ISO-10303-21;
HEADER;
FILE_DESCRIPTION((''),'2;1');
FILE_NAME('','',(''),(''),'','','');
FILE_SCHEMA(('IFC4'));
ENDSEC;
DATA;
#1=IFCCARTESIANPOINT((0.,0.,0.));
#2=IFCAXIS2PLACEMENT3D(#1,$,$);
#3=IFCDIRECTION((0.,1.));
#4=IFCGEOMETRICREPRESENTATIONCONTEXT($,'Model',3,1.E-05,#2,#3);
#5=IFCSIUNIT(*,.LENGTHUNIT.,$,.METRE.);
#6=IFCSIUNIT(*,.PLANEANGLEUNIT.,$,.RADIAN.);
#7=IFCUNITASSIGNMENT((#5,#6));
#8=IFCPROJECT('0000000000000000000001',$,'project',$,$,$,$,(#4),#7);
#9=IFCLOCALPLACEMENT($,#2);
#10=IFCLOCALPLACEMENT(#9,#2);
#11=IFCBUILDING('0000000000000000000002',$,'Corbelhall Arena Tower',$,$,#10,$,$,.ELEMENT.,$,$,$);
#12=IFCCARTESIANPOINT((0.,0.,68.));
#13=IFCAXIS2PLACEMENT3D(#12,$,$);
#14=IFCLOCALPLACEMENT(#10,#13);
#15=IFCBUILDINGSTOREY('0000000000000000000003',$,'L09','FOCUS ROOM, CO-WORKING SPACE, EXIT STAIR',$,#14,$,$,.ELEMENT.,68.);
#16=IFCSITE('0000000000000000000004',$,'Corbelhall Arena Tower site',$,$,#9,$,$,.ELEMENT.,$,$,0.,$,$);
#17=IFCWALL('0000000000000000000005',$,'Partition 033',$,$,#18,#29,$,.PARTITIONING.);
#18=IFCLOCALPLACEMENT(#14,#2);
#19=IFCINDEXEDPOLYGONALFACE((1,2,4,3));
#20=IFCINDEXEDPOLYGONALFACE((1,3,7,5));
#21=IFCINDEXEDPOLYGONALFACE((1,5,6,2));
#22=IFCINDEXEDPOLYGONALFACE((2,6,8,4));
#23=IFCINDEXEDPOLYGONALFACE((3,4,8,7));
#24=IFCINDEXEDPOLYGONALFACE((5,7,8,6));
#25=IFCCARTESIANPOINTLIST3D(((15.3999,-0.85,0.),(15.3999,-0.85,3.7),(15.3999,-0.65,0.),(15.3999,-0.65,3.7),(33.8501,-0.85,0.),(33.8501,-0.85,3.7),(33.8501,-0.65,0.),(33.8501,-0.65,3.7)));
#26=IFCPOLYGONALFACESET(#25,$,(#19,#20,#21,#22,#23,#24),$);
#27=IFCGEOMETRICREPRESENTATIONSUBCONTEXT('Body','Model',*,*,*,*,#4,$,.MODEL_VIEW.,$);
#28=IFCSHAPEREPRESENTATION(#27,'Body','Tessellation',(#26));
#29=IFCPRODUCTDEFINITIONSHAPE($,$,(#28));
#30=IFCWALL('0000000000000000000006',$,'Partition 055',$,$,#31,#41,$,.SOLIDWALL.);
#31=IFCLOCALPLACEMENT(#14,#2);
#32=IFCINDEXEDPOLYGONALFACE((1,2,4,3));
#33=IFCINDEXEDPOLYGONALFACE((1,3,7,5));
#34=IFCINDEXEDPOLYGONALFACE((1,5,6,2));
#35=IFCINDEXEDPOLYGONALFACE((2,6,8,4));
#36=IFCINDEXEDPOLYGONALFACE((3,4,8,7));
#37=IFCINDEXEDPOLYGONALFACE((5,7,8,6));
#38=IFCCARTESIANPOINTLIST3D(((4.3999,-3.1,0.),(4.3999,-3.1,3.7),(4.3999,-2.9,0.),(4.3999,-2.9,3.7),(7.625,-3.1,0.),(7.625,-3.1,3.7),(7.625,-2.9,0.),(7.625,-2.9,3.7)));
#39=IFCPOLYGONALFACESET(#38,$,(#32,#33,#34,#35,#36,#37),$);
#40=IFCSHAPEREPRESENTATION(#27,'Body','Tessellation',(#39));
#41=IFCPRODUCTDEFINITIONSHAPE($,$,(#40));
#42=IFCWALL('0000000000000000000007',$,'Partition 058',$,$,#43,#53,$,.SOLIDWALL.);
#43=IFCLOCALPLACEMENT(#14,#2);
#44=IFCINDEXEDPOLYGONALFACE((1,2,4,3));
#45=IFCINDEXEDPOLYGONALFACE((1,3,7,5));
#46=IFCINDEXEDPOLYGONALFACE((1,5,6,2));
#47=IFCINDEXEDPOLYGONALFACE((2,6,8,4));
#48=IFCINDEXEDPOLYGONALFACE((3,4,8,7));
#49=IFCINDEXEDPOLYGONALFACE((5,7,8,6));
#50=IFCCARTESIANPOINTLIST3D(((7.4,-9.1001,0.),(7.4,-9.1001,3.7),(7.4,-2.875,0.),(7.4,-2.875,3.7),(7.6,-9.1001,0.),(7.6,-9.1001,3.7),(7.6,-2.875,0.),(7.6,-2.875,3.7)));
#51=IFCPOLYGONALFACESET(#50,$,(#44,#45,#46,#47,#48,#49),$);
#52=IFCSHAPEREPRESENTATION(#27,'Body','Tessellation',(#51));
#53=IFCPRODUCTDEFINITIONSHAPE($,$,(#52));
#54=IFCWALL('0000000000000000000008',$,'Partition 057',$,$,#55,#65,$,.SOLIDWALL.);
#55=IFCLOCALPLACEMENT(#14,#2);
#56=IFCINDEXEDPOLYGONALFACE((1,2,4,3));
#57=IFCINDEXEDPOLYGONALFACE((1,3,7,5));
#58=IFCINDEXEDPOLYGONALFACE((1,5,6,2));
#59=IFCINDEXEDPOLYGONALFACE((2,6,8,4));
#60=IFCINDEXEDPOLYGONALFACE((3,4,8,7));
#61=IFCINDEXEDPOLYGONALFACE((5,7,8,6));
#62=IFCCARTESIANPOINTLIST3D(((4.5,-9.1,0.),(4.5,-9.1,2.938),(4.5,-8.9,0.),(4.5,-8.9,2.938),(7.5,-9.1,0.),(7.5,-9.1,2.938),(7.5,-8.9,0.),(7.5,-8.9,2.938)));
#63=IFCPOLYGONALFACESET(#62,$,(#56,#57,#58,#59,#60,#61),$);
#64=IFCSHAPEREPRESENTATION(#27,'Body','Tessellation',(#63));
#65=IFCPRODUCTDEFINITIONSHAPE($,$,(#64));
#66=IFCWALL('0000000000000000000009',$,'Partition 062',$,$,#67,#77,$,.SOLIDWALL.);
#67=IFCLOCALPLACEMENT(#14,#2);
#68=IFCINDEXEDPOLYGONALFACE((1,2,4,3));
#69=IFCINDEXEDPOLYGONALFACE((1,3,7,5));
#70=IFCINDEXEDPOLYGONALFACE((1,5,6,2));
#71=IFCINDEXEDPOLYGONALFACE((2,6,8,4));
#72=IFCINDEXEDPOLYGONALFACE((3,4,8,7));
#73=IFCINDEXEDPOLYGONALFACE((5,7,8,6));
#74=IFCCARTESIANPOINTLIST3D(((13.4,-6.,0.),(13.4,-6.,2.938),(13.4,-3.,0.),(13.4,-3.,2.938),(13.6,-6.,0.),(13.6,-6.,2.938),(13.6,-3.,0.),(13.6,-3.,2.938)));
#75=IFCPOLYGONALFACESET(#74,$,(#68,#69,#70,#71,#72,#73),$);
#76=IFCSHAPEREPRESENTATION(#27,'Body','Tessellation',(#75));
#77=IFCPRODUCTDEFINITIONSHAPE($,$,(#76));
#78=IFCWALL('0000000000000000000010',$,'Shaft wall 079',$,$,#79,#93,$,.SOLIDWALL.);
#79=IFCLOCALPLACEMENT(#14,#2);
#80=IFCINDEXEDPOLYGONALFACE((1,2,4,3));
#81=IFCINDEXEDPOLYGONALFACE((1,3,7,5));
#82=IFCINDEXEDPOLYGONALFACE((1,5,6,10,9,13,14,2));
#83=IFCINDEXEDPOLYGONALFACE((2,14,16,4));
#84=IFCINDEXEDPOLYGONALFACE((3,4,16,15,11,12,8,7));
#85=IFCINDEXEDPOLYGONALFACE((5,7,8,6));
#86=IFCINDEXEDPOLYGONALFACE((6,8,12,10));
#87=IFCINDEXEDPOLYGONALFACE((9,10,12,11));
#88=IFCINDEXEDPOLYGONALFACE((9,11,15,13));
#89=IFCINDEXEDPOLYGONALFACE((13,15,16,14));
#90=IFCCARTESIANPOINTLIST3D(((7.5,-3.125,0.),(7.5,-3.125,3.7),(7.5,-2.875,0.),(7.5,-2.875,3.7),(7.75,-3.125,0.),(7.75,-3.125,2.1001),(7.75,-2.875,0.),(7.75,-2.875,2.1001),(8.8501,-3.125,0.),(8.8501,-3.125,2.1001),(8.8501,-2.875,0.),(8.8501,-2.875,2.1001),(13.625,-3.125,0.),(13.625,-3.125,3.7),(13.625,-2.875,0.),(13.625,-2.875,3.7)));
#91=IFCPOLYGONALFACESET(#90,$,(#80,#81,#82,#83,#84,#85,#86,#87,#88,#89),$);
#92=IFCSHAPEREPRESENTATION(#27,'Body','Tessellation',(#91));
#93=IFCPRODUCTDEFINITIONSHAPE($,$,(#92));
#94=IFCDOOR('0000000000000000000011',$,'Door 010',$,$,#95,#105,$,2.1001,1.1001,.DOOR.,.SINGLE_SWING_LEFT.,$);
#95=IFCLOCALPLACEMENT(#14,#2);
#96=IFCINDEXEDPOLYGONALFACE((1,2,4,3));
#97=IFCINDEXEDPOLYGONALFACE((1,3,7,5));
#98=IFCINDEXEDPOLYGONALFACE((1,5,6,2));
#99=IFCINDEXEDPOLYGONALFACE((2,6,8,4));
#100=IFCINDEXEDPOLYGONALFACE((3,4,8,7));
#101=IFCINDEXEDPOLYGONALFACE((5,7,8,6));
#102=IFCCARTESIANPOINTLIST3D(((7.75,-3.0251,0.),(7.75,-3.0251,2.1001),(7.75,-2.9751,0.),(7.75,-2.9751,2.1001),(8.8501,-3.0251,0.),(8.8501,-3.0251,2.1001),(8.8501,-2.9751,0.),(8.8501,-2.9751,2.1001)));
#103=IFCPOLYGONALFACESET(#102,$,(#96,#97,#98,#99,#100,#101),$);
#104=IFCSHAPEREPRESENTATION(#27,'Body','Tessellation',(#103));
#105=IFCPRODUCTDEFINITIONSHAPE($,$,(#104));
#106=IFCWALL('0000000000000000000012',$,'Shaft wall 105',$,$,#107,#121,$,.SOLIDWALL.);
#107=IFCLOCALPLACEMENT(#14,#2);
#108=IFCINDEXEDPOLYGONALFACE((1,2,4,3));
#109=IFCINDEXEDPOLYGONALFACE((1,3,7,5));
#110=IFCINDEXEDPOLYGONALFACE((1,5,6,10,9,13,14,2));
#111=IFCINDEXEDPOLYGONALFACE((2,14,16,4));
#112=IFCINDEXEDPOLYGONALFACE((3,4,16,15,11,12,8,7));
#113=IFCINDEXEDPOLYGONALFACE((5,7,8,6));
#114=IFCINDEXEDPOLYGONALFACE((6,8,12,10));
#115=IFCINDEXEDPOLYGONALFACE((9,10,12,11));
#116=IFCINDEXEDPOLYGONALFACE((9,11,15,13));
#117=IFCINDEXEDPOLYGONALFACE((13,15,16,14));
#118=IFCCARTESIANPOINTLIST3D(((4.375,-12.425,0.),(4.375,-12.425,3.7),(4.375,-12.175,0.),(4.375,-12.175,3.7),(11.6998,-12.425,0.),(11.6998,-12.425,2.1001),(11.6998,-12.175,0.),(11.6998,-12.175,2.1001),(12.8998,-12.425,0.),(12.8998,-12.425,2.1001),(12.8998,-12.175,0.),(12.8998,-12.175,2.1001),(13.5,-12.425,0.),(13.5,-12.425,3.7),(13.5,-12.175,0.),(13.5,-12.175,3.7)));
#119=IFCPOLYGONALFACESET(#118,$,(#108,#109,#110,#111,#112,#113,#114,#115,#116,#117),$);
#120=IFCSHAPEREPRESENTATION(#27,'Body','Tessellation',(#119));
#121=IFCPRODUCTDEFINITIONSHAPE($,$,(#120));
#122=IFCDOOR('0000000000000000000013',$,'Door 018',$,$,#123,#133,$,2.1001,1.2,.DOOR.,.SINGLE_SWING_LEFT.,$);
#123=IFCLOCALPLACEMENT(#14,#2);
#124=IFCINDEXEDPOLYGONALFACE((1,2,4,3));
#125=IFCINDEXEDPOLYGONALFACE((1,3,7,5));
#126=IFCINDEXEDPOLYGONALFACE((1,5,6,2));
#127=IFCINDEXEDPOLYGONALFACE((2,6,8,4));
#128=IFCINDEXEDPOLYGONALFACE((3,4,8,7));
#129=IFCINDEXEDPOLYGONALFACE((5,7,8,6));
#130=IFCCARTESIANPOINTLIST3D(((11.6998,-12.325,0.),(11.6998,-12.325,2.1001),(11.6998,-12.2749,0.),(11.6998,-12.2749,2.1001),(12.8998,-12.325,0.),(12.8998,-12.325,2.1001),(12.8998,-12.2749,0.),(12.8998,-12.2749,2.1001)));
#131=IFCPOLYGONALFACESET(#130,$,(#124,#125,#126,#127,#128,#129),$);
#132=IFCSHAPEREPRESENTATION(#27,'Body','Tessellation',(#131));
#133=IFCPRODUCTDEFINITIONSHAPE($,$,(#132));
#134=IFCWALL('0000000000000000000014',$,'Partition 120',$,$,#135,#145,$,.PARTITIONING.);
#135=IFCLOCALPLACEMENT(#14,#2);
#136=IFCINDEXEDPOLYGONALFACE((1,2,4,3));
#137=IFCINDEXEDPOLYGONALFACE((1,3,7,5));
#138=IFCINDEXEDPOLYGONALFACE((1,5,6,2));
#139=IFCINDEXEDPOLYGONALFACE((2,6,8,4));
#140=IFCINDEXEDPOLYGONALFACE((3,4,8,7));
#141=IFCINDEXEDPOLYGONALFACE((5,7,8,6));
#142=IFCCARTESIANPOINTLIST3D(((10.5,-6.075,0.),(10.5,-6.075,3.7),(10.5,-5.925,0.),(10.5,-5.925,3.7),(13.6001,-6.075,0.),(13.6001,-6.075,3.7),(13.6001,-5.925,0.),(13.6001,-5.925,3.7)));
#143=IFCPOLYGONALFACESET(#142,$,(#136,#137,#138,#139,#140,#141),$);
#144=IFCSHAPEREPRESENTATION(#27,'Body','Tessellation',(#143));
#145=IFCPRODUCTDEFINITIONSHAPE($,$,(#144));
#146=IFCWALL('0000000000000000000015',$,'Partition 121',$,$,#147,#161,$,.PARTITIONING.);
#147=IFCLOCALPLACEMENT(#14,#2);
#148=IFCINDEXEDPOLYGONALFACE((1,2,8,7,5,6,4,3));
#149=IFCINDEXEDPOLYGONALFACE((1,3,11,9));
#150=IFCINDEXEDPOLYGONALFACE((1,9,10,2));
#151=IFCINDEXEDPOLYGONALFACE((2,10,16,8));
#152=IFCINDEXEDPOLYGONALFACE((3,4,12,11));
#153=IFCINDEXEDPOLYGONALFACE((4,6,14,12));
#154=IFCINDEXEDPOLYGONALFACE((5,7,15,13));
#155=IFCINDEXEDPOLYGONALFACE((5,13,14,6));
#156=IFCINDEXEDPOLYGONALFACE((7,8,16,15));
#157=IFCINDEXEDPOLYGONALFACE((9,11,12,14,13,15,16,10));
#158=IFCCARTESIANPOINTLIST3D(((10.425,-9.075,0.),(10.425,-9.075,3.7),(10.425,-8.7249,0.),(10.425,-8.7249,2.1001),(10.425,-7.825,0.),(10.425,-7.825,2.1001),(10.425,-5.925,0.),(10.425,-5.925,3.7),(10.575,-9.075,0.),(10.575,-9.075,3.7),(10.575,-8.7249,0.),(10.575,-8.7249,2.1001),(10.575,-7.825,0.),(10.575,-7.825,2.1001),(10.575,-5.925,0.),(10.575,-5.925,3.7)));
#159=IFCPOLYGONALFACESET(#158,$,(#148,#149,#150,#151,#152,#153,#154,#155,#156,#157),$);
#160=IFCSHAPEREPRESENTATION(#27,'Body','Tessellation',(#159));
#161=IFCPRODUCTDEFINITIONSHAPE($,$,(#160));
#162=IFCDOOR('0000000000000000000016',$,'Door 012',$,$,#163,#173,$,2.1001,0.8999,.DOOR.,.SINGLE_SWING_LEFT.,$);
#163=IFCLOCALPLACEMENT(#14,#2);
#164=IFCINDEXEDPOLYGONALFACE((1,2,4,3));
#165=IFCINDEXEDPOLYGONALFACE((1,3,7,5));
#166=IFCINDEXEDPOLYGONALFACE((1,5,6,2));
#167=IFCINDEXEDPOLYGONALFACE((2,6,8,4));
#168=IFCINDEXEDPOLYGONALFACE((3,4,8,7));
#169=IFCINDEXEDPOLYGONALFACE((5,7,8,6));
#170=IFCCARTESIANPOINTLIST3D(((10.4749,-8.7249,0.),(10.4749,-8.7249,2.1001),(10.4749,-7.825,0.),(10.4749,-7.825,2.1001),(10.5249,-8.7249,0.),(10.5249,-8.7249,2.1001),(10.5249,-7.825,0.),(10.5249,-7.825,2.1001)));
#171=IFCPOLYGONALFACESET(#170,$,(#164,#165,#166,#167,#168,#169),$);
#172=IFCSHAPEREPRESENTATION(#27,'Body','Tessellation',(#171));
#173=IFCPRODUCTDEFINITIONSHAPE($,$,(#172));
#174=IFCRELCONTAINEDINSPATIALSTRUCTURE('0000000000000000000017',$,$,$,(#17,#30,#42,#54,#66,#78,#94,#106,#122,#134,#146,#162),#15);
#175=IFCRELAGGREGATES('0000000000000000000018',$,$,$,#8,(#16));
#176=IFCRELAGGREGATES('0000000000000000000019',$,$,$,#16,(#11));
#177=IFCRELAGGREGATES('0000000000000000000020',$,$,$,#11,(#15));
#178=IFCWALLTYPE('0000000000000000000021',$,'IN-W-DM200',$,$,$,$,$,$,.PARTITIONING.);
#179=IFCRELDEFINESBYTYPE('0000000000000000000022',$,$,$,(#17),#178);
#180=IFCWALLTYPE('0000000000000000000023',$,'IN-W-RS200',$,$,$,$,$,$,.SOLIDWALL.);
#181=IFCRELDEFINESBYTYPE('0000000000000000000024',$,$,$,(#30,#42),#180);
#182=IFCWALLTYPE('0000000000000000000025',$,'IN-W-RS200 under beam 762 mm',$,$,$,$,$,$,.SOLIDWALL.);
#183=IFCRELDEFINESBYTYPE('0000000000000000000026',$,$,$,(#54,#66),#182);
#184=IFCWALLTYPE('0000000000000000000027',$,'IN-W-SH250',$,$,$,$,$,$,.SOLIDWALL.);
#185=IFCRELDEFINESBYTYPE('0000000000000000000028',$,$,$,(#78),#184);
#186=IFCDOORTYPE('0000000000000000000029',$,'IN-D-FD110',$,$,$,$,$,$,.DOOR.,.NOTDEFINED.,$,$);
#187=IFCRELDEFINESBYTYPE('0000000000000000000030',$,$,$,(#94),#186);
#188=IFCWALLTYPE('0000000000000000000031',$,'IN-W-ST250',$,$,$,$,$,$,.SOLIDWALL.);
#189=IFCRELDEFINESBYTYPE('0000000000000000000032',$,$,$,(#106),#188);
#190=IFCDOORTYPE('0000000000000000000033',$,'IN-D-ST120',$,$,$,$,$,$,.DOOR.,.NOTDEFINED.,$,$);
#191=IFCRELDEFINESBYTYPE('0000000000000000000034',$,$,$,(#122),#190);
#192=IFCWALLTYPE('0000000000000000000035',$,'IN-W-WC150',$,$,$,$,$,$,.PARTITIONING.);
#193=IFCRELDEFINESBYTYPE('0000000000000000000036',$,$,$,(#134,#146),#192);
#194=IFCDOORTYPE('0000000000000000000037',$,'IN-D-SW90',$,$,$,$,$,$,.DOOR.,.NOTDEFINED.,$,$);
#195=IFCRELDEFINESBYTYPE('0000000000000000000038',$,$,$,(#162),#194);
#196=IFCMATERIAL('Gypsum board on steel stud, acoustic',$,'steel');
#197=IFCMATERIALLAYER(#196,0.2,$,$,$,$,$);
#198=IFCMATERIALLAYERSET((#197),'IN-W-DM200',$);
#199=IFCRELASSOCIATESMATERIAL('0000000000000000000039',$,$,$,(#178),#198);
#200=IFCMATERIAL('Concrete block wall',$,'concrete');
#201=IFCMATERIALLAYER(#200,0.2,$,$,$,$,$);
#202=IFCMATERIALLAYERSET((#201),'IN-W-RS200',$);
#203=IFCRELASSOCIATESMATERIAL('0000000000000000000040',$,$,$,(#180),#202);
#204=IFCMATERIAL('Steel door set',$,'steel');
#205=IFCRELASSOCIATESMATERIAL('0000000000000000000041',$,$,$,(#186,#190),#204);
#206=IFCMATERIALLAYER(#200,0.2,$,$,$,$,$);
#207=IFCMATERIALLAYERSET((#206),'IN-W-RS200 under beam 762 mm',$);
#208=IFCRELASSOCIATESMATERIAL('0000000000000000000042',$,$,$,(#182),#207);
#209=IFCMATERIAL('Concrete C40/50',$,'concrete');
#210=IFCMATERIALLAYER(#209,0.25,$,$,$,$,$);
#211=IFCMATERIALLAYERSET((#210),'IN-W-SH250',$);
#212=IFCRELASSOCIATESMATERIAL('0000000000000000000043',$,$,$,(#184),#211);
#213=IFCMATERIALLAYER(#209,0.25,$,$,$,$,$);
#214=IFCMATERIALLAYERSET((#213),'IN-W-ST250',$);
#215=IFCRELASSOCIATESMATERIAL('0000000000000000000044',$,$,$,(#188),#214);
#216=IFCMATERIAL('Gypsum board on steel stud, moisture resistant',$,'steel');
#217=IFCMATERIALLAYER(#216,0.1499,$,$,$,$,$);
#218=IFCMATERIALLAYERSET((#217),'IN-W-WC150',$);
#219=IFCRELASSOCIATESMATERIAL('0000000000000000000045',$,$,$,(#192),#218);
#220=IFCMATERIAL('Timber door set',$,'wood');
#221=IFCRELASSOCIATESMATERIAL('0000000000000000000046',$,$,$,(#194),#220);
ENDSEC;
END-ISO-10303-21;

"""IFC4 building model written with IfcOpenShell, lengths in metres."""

from ifc_helpers import new_model, si_unit, direction, frame, frame_2d, origin, place, context, subcontext, project, spatial, rectangle, extrude, material, layer, layer_set, type_object, element, fill, save


model = new_model("IFC4")

# Units and contexts
model_context = context("Model", 3, precision=1e-05, world=origin(), true_north=direction((0.0, 1.0)))
body_context = subcontext(model_context, "Body", "Model", "MODEL_VIEW")
ifc_project = project(units=[si_unit("LENGTHUNIT", "METRE"), si_unit("PLANEANGLEUNIT", "RADIAN")], contexts=[model_context])

# Site, building, storey
site_placement = place(None, origin())
site = spatial("IfcSite", under=ifc_project, at=site_placement, Name="Corbelhall Arena Tower site", CompositionType="ELEMENT", RefElevation=0.0)
building_placement = place(site_placement, origin())
building = spatial("IfcBuilding", under=site, at=building_placement, Name="Corbelhall Arena Tower", CompositionType="ELEMENT")
storey_placement = place(building_placement, frame((0.0, 0.0, 68.0)))
storey = spatial("IfcBuildingStorey", under=building, at=storey_placement, Name="L09", Description="FOCUS ROOM, CO-WORKING SPACE, EXIT STAIR", CompositionType="ELEMENT", Elevation=68.0)

# Shared definitions
ifc_material_1 = material(Name="Concrete C40/50", Category="concrete")

# Shared definitions
ifc_material_2 = material(Name="Gypsum board on steel stud, acoustic", Category="steel")
ifc_layer_1 = layer(ifc_material_2, 0.2)
ifc_layer_set_1 = layer_set([ifc_layer_1], Name="IN-W-DM200")
wall_type_1 = type_object("IfcWallType", Name="IN-W-DM200", PredefinedType="PARTITIONING", material=ifc_layer_set_1)

# Shared definitions
ifc_material_3 = material(Name="Steel door set", Category="steel")

# Walls
wall_1_placement = place(storey_placement, frame((15.3999, -0.75, 0.0), z_axis=(0.0, 0.0, 1.0), x_axis=(1.0, 0.0, 0.0)))
element("IfcWall", 1, at=wall_1_placement, inside=storey, type_object=wall_type_1, Name="Partition 033", PredefinedType="PARTITIONING", context=body_context, shape_type="SweptSolid", body=[
    extrude(rectangle(XDim=18.4502, YDim=0.2, at=frame_2d((9.2251, 0.0))), origin(), (0.0, 0.0, 1.0), 3.7),
])
ifc_material_4 = material(Name="Concrete block wall", Category="concrete")
ifc_layer_2 = layer(ifc_material_4, 0.2)
ifc_layer_set_2 = layer_set([ifc_layer_2], Name="IN-W-RS200")
wall_type_2 = type_object("IfcWallType", Name="IN-W-RS200", PredefinedType="SOLIDWALL", material=ifc_layer_set_2)
wall_2_placement = place(storey_placement, frame((4.3999, -3.0, 0.0), z_axis=(0.0, 0.0, 1.0), x_axis=(1.0, 0.0, 0.0)))
element("IfcWall", 2, at=wall_2_placement, inside=storey, type_object=wall_type_2, Name="Partition 055", PredefinedType="SOLIDWALL", context=body_context, shape_type="SweptSolid", body=[
    extrude(rectangle(XDim=3.2251, YDim=0.2, at=frame_2d((1.6125, 0.0))), origin(), (0.0, 0.0, 1.0), 3.7),
])
wall_3_placement = place(storey_placement, frame((7.5, -2.875, 0.0), z_axis=(0.0, 0.0, 1.0), x_axis=(0.0, -1.0, 0.0)))
element("IfcWall", 3, at=wall_3_placement, inside=storey, type_object=wall_type_2, Name="Partition 058", PredefinedType="SOLIDWALL", context=body_context, shape_type="SweptSolid", body=[
    extrude(rectangle(XDim=6.2251, YDim=0.2, at=frame_2d((3.1125, 0.0))), origin(), (0.0, 0.0, 1.0), 3.7),
])

# Shared definitions
door_type_1 = type_object("IfcDoorType", Name="IN-D-FD110", OperationType="NOTDEFINED", PredefinedType="DOOR", material=ifc_material_3)

# Shared definitions
ifc_layer_3 = layer(ifc_material_4, 0.2)
ifc_layer_set_3 = layer_set([ifc_layer_3], Name="IN-W-RS200 under beam 762 mm")
wall_type_3 = type_object("IfcWallType", Name="IN-W-RS200 under beam 762 mm", PredefinedType="SOLIDWALL", material=ifc_layer_set_3)

# Walls
for number, where, z_axis, x_axis, name in (
    (4, (7.5, -9.0, 0.0), (0.0, 0.0, 1.0), (-1.0, 0.0, 0.0), "Partition 057"),
    (5, (13.5, -3.0, 0.0), (0.0, 0.0, 1.0), (0.0, -1.0, 0.0), "Partition 062"),
):
    element("IfcWall", number, at=place(storey_placement, frame(where, z_axis=z_axis, x_axis=x_axis)), inside=storey, type_object=wall_type_3, Name=name, PredefinedType="SOLIDWALL", context=body_context, shape_type="SweptSolid", body=[
        extrude(rectangle(XDim=3.0, YDim=0.2, at=frame_2d((1.5, 0.0))), origin(), (0.0, 0.0, 1.0), 2.938),
    ])

# Walls, openings, doors
ifc_layer_4 = layer(ifc_material_1, 0.25)
ifc_layer_set_4 = layer_set([ifc_layer_4], Name="IN-W-SH250")
wall_type_4 = type_object("IfcWallType", Name="IN-W-SH250", PredefinedType="SOLIDWALL", material=ifc_layer_set_4)
wall_4_placement = place(storey_placement, frame((7.5, -3.0, 0.0), z_axis=(0.0, 0.0, 1.0), x_axis=(1.0, 0.0, 0.0)))
wall_4 = element("IfcWall", 6, at=wall_4_placement, inside=storey, type_object=wall_type_4, Name="Shaft wall 079", PredefinedType="SOLIDWALL", context=body_context, shape_type="SweptSolid", body=[
    extrude(rectangle(XDim=6.125, YDim=0.25, at=frame_2d((3.0625, 0.0))), origin(), (0.0, 0.0, 1.0), 3.7),
])
opening_1_placement = place(wall_4_placement, frame((0.25, 0.0, 0.0)))
opening_1 = element("IfcOpeningElement", 7, at=opening_1_placement, cuts=wall_4, PredefinedType="OPENING", context=body_context, shape_type="SweptSolid", body=[
    extrude(rectangle(XDim=1.1001, YDim=2.1001, at=frame_2d((0.55, 1.05))), frame((0.0, 0.125, 0.0), z_axis=(0.0, -1.0, 0.0), x_axis=(1.0, 0.0, 0.0)), (0.0, 0.0, 1.0), 0.25),
])
door_1_placement = place(opening_1_placement, origin())
door_1 = element("IfcDoor", 8, at=door_1_placement, inside=storey, type_object=door_type_1, Name="Door 010", OperationType="SINGLE_SWING_LEFT", OverallHeight=2.1001, OverallWidth=1.1001, PredefinedType="DOOR", context=body_context, shape_type="SweptSolid", body=[
    extrude(rectangle(XDim=1.1001, YDim=2.1001, at=frame_2d((0.55, 1.05))), frame((0.0, 0.0249, 0.0), z_axis=(0.0, -1.0, 0.0), x_axis=(1.0, 0.0, 0.0)), (0.0, 0.0, 1.0), 0.05),
])
fill(opening_1, door_1)
ifc_layer_5 = layer(ifc_material_1, 0.25)
ifc_layer_set_5 = layer_set([ifc_layer_5], Name="IN-W-ST250")
wall_type_5 = type_object("IfcWallType", Name="IN-W-ST250", PredefinedType="SOLIDWALL", material=ifc_layer_set_5)
wall_5_placement = place(storey_placement, frame((13.5, -12.3, 0.0), z_axis=(0.0, 0.0, 1.0), x_axis=(-1.0, 0.0, 0.0)))
wall_5 = element("IfcWall", 9, at=wall_5_placement, inside=storey, type_object=wall_type_5, Name="Shaft wall 105", PredefinedType="SOLIDWALL", context=body_context, shape_type="SweptSolid", body=[
    extrude(rectangle(XDim=9.125, YDim=0.25, at=frame_2d((4.5625, 0.0))), origin(), (0.0, 0.0, 1.0), 3.7),
])
opening_2_placement = place(wall_5_placement, frame((0.6001, 0.0, 0.0)))
opening_2 = element("IfcOpeningElement", 10, at=opening_2_placement, cuts=wall_5, PredefinedType="OPENING", context=body_context, shape_type="SweptSolid", body=[
    extrude(rectangle(XDim=1.2, YDim=2.1001, at=frame_2d((0.6001, 1.05))), frame((0.0, 0.125, 0.0), z_axis=(0.0, -1.0, 0.0), x_axis=(1.0, 0.0, 0.0)), (0.0, 0.0, 1.0), 0.25),
])
door_type_2 = type_object("IfcDoorType", Name="IN-D-ST120", OperationType="NOTDEFINED", PredefinedType="DOOR", material=ifc_material_3)
door_2_placement = place(opening_2_placement, origin())
door_2 = element("IfcDoor", 11, at=door_2_placement, inside=storey, type_object=door_type_2, Name="Door 018", OperationType="SINGLE_SWING_LEFT", OverallHeight=2.1001, OverallWidth=1.2, PredefinedType="DOOR", context=body_context, shape_type="SweptSolid", body=[
    extrude(rectangle(XDim=1.2, YDim=2.1001, at=frame_2d((0.6001, 1.05))), frame((0.0, 0.0249, 0.0), z_axis=(0.0, -1.0, 0.0), x_axis=(1.0, 0.0, 0.0)), (0.0, 0.0, 1.0), 0.05),
])
fill(opening_2, door_2)

# Wall
ifc_material_5 = material(Name="Gypsum board on steel stud, moisture resistant", Category="steel")
ifc_layer_6 = layer(ifc_material_5, 0.1499)
ifc_layer_set_6 = layer_set([ifc_layer_6], Name="IN-W-WC150")
wall_type_6 = type_object("IfcWallType", Name="IN-W-WC150", PredefinedType="PARTITIONING", material=ifc_layer_set_6)
wall_6_placement = place(storey_placement, frame((10.5, -6.0, 0.0), z_axis=(0.0, 0.0, 1.0), x_axis=(1.0, 0.0, 0.0)))
element("IfcWall", 12, at=wall_6_placement, inside=storey, type_object=wall_type_6, Name="Partition 120", PredefinedType="PARTITIONING", context=body_context, shape_type="SweptSolid", body=[
    extrude(rectangle(XDim=3.1001, YDim=0.1499, at=frame_2d((1.55, 0.0))), origin(), (0.0, 0.0, 1.0), 3.7),
])

# Wall, opening, door
wall_7_placement = place(storey_placement, frame((10.5, -5.925, 0.0), z_axis=(0.0, 0.0, 1.0), x_axis=(0.0, -1.0, 0.0)))
wall_7 = element("IfcWall", 13, at=wall_7_placement, inside=storey, type_object=wall_type_6, Name="Partition 121", PredefinedType="PARTITIONING", context=body_context, shape_type="SweptSolid", body=[
    extrude(rectangle(XDim=3.1499, YDim=0.1499, at=frame_2d((1.575, 0.0))), origin(), (0.0, 0.0, 1.0), 3.7),
])
opening_3_placement = place(wall_7_placement, frame((1.8999, 0.0, 0.0)))
opening_3 = element("IfcOpeningElement", 14, at=opening_3_placement, cuts=wall_7, PredefinedType="OPENING", context=body_context, shape_type="SweptSolid", body=[
    extrude(rectangle(XDim=0.8999, YDim=2.1001, at=frame_2d((0.45, 1.05))), frame((0.0, 0.075, 0.0), z_axis=(0.0, -1.0, 0.0), x_axis=(1.0, 0.0, 0.0)), (0.0, 0.0, 1.0), 0.1499),
])
ifc_material_6 = material(Name="Timber door set", Category="wood")
door_type_3 = type_object("IfcDoorType", Name="IN-D-SW90", OperationType="NOTDEFINED", PredefinedType="DOOR", material=ifc_material_6)
door_3_placement = place(opening_3_placement, origin())
door_3 = element("IfcDoor", 15, at=door_3_placement, inside=storey, type_object=door_type_3, Name="Door 012", OperationType="SINGLE_SWING_LEFT", OverallHeight=2.1001, OverallWidth=0.8999, PredefinedType="DOOR", context=body_context, shape_type="SweptSolid", body=[
    extrude(rectangle(XDim=0.8999, YDim=2.1001, at=frame_2d((0.45, 1.05))), frame((0.0, 0.0249, 0.0), z_axis=(0.0, -1.0, 0.0), x_axis=(1.0, 0.0, 0.0)), (0.0, 0.0, 1.0), 0.05),
])
fill(opening_3, door_3)

save(model, "model.ifc")
